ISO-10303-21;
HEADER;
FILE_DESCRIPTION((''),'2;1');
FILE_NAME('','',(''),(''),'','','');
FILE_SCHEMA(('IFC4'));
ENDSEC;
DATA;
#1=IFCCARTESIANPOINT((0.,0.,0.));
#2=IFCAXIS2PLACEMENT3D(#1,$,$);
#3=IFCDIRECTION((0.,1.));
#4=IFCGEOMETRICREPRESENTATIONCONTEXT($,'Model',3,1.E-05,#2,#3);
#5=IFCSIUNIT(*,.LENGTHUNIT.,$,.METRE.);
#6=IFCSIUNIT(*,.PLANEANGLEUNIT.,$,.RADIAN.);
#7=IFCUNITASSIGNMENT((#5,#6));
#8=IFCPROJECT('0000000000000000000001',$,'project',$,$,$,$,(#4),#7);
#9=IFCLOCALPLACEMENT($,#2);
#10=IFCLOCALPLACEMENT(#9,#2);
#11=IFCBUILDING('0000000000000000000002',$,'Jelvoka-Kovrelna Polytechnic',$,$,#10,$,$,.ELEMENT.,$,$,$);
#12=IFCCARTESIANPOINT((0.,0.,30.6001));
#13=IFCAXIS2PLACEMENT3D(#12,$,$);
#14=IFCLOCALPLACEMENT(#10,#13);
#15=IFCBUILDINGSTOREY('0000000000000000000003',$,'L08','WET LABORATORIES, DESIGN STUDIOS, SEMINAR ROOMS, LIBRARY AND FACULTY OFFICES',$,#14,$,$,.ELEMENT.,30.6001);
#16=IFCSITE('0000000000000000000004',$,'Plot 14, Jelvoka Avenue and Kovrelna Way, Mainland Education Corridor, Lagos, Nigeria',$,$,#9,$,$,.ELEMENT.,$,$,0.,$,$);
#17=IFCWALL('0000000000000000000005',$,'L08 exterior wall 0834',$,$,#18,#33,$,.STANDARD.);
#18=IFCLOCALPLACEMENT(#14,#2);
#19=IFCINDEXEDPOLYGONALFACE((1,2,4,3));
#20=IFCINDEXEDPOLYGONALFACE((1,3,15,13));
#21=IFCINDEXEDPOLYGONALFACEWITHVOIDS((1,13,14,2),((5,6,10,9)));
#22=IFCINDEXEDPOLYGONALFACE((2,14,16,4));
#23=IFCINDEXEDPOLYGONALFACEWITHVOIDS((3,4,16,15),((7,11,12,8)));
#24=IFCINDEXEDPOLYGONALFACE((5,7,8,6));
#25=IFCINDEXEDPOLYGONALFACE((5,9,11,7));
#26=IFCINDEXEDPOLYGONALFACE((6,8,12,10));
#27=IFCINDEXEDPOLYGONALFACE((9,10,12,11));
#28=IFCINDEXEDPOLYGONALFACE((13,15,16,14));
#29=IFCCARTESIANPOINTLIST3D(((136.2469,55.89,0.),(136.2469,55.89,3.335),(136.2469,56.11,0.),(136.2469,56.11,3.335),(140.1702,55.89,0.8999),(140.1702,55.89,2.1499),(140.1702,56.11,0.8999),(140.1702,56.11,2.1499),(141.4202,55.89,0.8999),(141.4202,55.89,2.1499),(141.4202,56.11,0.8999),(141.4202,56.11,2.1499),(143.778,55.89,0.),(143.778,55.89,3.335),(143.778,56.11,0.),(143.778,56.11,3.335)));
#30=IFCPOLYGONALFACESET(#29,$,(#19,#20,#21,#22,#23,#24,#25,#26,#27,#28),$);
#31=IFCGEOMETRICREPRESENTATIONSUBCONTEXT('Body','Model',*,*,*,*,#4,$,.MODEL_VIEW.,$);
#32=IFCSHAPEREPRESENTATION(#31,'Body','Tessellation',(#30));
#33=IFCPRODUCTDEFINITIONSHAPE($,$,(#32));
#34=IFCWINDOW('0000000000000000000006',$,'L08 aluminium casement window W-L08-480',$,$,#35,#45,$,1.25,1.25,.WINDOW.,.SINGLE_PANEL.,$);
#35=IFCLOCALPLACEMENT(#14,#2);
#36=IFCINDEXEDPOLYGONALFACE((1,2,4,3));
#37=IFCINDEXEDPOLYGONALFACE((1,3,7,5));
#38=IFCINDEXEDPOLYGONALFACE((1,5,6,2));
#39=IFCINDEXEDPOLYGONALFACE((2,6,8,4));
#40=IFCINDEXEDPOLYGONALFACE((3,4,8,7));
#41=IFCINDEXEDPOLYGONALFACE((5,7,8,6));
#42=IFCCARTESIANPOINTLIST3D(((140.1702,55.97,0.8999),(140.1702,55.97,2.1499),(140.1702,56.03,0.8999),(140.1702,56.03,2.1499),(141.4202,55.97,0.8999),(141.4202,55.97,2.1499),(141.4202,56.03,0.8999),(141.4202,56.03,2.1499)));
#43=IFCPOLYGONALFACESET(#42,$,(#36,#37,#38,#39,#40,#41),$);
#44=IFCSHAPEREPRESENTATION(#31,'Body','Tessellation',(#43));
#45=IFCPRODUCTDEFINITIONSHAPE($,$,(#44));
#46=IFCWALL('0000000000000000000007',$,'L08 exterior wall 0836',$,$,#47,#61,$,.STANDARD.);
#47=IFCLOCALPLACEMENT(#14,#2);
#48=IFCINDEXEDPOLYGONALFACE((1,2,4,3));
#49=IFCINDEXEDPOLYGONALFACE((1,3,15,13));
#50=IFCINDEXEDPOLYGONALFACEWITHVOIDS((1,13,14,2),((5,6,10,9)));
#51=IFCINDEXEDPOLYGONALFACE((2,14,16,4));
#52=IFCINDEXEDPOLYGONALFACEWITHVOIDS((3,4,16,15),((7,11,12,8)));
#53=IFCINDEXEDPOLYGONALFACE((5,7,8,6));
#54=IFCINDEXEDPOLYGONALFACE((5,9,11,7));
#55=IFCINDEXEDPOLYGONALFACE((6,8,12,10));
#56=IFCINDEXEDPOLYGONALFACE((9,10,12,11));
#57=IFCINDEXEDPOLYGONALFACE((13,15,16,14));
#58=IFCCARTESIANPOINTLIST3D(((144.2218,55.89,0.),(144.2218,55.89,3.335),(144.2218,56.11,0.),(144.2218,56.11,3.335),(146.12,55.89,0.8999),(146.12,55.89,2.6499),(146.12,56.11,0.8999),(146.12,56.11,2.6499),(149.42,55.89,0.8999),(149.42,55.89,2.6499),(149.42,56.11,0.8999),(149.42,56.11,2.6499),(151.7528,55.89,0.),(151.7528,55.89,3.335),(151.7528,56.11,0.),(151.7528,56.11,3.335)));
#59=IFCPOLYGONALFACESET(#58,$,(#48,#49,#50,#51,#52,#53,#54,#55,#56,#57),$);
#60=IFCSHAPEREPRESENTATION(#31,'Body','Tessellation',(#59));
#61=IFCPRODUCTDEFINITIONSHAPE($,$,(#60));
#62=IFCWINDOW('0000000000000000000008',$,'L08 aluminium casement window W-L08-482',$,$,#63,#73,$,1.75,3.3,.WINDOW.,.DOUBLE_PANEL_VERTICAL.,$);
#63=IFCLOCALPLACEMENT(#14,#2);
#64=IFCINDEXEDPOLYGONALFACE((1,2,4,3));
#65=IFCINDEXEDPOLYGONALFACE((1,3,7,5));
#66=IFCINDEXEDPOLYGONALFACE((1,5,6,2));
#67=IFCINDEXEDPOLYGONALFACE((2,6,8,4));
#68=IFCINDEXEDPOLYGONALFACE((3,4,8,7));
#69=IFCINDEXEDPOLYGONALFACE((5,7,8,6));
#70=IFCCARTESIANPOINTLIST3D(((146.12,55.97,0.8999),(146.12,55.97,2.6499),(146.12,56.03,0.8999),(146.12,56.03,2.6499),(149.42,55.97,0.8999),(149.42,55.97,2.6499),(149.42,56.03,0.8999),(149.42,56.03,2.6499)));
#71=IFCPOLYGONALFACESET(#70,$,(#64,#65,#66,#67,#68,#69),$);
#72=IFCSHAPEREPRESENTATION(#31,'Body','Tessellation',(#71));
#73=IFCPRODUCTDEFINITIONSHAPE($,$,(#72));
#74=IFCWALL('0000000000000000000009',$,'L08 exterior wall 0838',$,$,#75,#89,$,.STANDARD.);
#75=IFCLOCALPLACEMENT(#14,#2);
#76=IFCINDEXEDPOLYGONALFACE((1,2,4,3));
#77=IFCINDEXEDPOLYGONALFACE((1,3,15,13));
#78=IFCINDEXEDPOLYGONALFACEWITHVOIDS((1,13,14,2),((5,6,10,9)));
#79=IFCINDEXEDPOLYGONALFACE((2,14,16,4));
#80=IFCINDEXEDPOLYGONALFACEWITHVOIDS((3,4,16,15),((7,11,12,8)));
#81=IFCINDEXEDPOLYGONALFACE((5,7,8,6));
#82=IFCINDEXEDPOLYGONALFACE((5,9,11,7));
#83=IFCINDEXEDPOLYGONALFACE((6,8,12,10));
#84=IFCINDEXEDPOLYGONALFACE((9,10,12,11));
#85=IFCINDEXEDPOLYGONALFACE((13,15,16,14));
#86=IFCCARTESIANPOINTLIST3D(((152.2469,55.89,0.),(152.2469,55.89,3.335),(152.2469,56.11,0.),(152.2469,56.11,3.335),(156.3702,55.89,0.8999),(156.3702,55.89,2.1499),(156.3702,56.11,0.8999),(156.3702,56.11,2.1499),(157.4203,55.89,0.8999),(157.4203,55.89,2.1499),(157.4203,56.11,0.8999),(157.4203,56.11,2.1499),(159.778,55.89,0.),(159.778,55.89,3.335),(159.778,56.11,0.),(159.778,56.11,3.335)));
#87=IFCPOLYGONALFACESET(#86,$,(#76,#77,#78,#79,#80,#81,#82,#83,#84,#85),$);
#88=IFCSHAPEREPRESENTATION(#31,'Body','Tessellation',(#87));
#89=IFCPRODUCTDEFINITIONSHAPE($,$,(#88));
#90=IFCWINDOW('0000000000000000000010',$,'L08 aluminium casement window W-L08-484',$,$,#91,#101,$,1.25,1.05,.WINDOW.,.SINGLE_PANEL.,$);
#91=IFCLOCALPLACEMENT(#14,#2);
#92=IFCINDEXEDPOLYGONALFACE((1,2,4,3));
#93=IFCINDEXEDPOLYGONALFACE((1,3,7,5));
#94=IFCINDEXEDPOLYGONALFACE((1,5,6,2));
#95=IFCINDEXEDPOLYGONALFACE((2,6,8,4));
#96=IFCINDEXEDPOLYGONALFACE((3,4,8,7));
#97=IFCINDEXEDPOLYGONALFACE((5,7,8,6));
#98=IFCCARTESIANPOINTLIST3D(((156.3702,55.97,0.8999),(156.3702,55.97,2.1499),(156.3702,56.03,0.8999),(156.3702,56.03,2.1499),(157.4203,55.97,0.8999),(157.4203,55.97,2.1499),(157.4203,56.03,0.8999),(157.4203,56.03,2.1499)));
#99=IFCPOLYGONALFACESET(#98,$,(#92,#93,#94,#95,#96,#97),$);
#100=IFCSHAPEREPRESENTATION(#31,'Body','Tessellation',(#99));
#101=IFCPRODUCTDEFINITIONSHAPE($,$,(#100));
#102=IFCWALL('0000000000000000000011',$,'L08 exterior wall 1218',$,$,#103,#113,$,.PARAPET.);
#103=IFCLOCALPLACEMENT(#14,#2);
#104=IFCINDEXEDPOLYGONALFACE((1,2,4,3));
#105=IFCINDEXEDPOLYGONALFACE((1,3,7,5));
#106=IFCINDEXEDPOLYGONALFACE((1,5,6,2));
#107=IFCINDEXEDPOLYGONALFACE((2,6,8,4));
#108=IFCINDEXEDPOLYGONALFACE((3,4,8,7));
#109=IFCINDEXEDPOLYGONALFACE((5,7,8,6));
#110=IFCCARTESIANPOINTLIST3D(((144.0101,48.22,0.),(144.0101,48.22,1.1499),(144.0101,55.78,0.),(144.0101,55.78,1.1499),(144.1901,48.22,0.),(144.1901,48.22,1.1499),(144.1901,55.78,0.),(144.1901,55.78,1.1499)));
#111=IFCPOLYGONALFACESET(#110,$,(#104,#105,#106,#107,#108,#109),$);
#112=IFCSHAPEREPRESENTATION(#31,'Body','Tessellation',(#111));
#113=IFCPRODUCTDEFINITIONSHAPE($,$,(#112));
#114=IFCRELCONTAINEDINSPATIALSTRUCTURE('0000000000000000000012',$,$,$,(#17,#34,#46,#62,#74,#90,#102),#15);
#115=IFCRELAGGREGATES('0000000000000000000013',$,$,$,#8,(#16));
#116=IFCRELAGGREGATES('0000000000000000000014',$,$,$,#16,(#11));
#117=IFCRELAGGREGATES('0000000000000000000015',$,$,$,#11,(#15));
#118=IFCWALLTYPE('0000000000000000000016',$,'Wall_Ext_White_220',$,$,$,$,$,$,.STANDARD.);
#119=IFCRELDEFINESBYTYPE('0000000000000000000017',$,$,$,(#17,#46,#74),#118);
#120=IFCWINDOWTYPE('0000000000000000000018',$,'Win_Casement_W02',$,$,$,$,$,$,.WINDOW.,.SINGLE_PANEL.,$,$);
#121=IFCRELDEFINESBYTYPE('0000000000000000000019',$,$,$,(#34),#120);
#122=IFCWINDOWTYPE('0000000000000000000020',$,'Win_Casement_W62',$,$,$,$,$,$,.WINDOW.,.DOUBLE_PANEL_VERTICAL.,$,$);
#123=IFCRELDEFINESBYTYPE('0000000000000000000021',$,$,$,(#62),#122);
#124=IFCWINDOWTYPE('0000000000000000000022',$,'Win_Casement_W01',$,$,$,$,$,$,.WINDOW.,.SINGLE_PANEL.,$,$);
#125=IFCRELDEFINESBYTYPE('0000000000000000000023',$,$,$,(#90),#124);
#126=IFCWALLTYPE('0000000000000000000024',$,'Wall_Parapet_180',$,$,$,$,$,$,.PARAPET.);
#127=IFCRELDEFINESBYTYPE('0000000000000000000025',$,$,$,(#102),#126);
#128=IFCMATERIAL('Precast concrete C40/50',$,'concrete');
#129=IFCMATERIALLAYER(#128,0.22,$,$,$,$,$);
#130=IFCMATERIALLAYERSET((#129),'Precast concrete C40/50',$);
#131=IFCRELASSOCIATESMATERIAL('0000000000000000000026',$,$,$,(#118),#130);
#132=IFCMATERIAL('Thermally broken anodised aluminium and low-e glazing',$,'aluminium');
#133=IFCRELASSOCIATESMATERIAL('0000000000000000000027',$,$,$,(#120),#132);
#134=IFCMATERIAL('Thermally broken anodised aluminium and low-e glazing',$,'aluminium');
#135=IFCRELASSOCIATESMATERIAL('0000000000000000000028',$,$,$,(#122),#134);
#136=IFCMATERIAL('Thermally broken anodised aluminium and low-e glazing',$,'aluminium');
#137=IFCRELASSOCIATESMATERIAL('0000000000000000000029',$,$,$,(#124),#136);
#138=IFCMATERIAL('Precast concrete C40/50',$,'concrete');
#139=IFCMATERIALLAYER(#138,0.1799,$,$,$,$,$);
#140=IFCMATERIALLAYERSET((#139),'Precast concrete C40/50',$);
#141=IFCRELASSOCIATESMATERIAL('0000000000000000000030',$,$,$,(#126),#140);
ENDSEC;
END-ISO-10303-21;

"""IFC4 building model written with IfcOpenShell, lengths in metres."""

from ifc_helpers import new_model, si_unit, direction, frame, frame_2d, origin, place, context, subcontext, project, spatial, rectangle, extrude, material, layer, layer_set, type_object, element, fill, save


model = new_model("IFC4")

# Units and contexts
model_context = context("Model", 3, precision=1e-05, world=origin(), true_north=direction((0.0, 1.0)))
body_context = subcontext(model_context, "Body", "Model", "MODEL_VIEW")
ifc_project = project(units=[si_unit("LENGTHUNIT", "METRE"), si_unit("PLANEANGLEUNIT", "RADIAN")], contexts=[model_context])

# Site, building, storey
site_placement = place(None, origin())
site = spatial("IfcSite", under=ifc_project, at=site_placement, Name="Plot 14, Jelvoka Avenue and Kovrelna Way, Mainland Education Corridor, Lagos, Nigeria", CompositionType="ELEMENT", RefElevation=0.0)
building_placement = place(site_placement, origin())
building = spatial("IfcBuilding", under=site, at=building_placement, Name="Jelvoka-Kovrelna Polytechnic", CompositionType="ELEMENT")
storey_placement = place(building_placement, frame((0.0, 0.0, 30.6001)))
storey = spatial("IfcBuildingStorey", under=building, at=storey_placement, Name="L08", Description="WET LABORATORIES, DESIGN STUDIOS, SEMINAR ROOMS, LIBRARY AND FACULTY OFFICES", CompositionType="ELEMENT", Elevation=30.6001)

# Walls, openings, windows
ifc_material_1 = material(Name="Precast concrete C40/50", Category="concrete")
ifc_layer_1 = layer(ifc_material_1, 0.22)
ifc_layer_set_1 = layer_set([ifc_layer_1], Name="Precast concrete C40/50")
wall_type_1 = type_object("IfcWallType", Name="Wall_Ext_White_220", PredefinedType="STANDARD", material=ifc_layer_set_1)
wall_1_placement = place(storey_placement, frame((143.7781, 56.0, 0.0), z_axis=(0.0, 0.0, 1.0), x_axis=(-1.0, 0.0, 0.0)))
wall_1 = element("IfcWall", 1, at=wall_1_placement, inside=storey, type_object=wall_type_1, Name="L08 exterior wall 0834", PredefinedType="STANDARD", context=body_context, shape_type="SweptSolid", body=[
    extrude(rectangle(XDim=7.531, YDim=0.22, at=frame_2d((3.7656, 0.0))), origin(), (0.0, 0.0, 1.0), 3.335),
])
opening_1_placement = place(wall_1_placement, frame((2.3579, 0.0, 0.8999)))
opening_1 = element("IfcOpeningElement", 2, at=opening_1_placement, cuts=wall_1, PredefinedType="OPENING", context=body_context, shape_type="SweptSolid", body=[
    extrude(rectangle(XDim=1.25, YDim=1.25, at=frame_2d((0.625, 0.625))), frame((0.0, 0.1199, 0.0), z_axis=(0.0, -1.0, 0.0), x_axis=(1.0, 0.0, 0.0)), (0.0, 0.0, 1.0), 0.24),
])
ifc_material_2 = material(Name="Thermally broken anodised aluminium and low-e glazing", Category="aluminium")
window_type_1 = type_object("IfcWindowType", Name="Win_Casement_W02", PartitioningType="SINGLE_PANEL", PredefinedType="WINDOW", material=ifc_material_2)
window_1_placement = place(opening_1_placement, origin())
window_1 = element("IfcWindow", 3, at=window_1_placement, inside=storey, type_object=window_type_1, Name="L08 aluminium casement window W-L08-480", OverallHeight=1.25, OverallWidth=1.25, PartitioningType="SINGLE_PANEL", PredefinedType="WINDOW", context=body_context, shape_type="SweptSolid", body=[
    extrude(rectangle(XDim=1.25, YDim=1.25, at=frame_2d((0.625, 0.625))), frame((0.0, 0.03, 0.0), z_axis=(0.0, -1.0, 0.0), x_axis=(1.0, 0.0, 0.0)), (0.0, 0.0, 1.0), 0.0601),
])
fill(opening_1, window_1)
wall_2_placement = place(storey_placement, frame((151.7529, 56.0, 0.0), z_axis=(0.0, 0.0, 1.0), x_axis=(-1.0, 0.0, 0.0)))
wall_2 = element("IfcWall", 4, at=wall_2_placement, inside=storey, type_object=wall_type_1, Name="L08 exterior wall 0836", PredefinedType="STANDARD", context=body_context, shape_type="SweptSolid", body=[
    extrude(rectangle(XDim=7.531, YDim=0.22, at=frame_2d((3.7656, 0.0))), origin(), (0.0, 0.0, 1.0), 3.335),
])
opening_2_placement = place(wall_2_placement, frame((2.333, 0.0, 0.8999)))
opening_2 = element("IfcOpeningElement", 5, at=opening_2_placement, cuts=wall_2, PredefinedType="OPENING", context=body_context, shape_type="SweptSolid", body=[
    extrude(rectangle(XDim=3.3, YDim=1.75, at=frame_2d((1.6499, 0.875))), frame((0.0, 0.1199, 0.0), z_axis=(0.0, -1.0, 0.0), x_axis=(1.0, 0.0, 0.0)), (0.0, 0.0, 1.0), 0.24),
])
ifc_material_3 = material(Name="Thermally broken anodised aluminium and low-e glazing", Category="aluminium")
window_type_2 = type_object("IfcWindowType", Name="Win_Casement_W62", PartitioningType="DOUBLE_PANEL_VERTICAL", PredefinedType="WINDOW", material=ifc_material_3)
window_2_placement = place(opening_2_placement, origin())
window_2 = element("IfcWindow", 6, at=window_2_placement, inside=storey, type_object=window_type_2, Name="L08 aluminium casement window W-L08-482", OverallHeight=1.75, OverallWidth=3.3, PartitioningType="DOUBLE_PANEL_VERTICAL", PredefinedType="WINDOW", context=body_context, shape_type="SweptSolid", body=[
    extrude(rectangle(XDim=3.3, YDim=1.75, at=frame_2d((1.6499, 0.875))), frame((0.0, 0.03, 0.0), z_axis=(0.0, -1.0, 0.0), x_axis=(1.0, 0.0, 0.0)), (0.0, 0.0, 1.0), 0.0601),
])
fill(opening_2, window_2)
wall_3_placement = place(storey_placement, frame((159.7781, 56.0, 0.0), z_axis=(0.0, 0.0, 1.0), x_axis=(-1.0, 0.0, 0.0)))
wall_3 = element("IfcWall", 7, at=wall_3_placement, inside=storey, type_object=wall_type_1, Name="L08 exterior wall 0838", PredefinedType="STANDARD", context=body_context, shape_type="SweptSolid", body=[
    extrude(rectangle(XDim=7.531, YDim=0.22, at=frame_2d((3.7656, 0.0))), origin(), (0.0, 0.0, 1.0), 3.335),
])
opening_3_placement = place(wall_3_placement, frame((2.3579, 0.0, 0.8999)))
opening_3 = element("IfcOpeningElement", 8, at=opening_3_placement, cuts=wall_3, PredefinedType="OPENING", context=body_context, shape_type="SweptSolid", body=[
    extrude(rectangle(XDim=1.05, YDim=1.25, at=frame_2d((0.5249, 0.625))), frame((0.0, 0.1199, 0.0), z_axis=(0.0, -1.0, 0.0), x_axis=(1.0, 0.0, 0.0)), (0.0, 0.0, 1.0), 0.24),
])
ifc_material_4 = material(Name="Thermally broken anodised aluminium and low-e glazing", Category="aluminium")
window_type_3 = type_object("IfcWindowType", Name="Win_Casement_W01", PartitioningType="SINGLE_PANEL", PredefinedType="WINDOW", material=ifc_material_4)
window_3_placement = place(opening_3_placement, origin())
window_3 = element("IfcWindow", 9, at=window_3_placement, inside=storey, type_object=window_type_3, Name="L08 aluminium casement window W-L08-484", OverallHeight=1.25, OverallWidth=1.05, PartitioningType="SINGLE_PANEL", PredefinedType="WINDOW", context=body_context, shape_type="SweptSolid", body=[
    extrude(rectangle(XDim=1.05, YDim=1.25, at=frame_2d((0.5249, 0.625))), frame((0.0, 0.03, 0.0), z_axis=(0.0, -1.0, 0.0), x_axis=(1.0, 0.0, 0.0)), (0.0, 0.0, 1.0), 0.0601),
])
fill(opening_3, window_3)

# Wall
ifc_material_5 = material(Name="Precast concrete C40/50", Category="concrete")
ifc_layer_2 = layer(ifc_material_5, 0.1799)
ifc_layer_set_2 = layer_set([ifc_layer_2], Name="Precast concrete C40/50")
wall_type_2 = type_object("IfcWallType", Name="Wall_Parapet_180", PredefinedType="PARAPET", material=ifc_layer_set_2)
wall_4_placement = place(storey_placement, frame((144.1001, 55.78, 0.0), z_axis=(0.0, 0.0, 1.0), x_axis=(0.0, -1.0, 0.0)))
element("IfcWall", 10, at=wall_4_placement, inside=storey, type_object=wall_type_2, Name="L08 exterior wall 1218", PredefinedType="PARAPET", context=body_context, shape_type="SweptSolid", body=[
    extrude(rectangle(XDim=7.5601, YDim=0.1799, at=frame_2d((3.78, 0.0))), origin(), (0.0, 0.0, 1.0), 1.1499),
])

save(model, "model.ifc")
